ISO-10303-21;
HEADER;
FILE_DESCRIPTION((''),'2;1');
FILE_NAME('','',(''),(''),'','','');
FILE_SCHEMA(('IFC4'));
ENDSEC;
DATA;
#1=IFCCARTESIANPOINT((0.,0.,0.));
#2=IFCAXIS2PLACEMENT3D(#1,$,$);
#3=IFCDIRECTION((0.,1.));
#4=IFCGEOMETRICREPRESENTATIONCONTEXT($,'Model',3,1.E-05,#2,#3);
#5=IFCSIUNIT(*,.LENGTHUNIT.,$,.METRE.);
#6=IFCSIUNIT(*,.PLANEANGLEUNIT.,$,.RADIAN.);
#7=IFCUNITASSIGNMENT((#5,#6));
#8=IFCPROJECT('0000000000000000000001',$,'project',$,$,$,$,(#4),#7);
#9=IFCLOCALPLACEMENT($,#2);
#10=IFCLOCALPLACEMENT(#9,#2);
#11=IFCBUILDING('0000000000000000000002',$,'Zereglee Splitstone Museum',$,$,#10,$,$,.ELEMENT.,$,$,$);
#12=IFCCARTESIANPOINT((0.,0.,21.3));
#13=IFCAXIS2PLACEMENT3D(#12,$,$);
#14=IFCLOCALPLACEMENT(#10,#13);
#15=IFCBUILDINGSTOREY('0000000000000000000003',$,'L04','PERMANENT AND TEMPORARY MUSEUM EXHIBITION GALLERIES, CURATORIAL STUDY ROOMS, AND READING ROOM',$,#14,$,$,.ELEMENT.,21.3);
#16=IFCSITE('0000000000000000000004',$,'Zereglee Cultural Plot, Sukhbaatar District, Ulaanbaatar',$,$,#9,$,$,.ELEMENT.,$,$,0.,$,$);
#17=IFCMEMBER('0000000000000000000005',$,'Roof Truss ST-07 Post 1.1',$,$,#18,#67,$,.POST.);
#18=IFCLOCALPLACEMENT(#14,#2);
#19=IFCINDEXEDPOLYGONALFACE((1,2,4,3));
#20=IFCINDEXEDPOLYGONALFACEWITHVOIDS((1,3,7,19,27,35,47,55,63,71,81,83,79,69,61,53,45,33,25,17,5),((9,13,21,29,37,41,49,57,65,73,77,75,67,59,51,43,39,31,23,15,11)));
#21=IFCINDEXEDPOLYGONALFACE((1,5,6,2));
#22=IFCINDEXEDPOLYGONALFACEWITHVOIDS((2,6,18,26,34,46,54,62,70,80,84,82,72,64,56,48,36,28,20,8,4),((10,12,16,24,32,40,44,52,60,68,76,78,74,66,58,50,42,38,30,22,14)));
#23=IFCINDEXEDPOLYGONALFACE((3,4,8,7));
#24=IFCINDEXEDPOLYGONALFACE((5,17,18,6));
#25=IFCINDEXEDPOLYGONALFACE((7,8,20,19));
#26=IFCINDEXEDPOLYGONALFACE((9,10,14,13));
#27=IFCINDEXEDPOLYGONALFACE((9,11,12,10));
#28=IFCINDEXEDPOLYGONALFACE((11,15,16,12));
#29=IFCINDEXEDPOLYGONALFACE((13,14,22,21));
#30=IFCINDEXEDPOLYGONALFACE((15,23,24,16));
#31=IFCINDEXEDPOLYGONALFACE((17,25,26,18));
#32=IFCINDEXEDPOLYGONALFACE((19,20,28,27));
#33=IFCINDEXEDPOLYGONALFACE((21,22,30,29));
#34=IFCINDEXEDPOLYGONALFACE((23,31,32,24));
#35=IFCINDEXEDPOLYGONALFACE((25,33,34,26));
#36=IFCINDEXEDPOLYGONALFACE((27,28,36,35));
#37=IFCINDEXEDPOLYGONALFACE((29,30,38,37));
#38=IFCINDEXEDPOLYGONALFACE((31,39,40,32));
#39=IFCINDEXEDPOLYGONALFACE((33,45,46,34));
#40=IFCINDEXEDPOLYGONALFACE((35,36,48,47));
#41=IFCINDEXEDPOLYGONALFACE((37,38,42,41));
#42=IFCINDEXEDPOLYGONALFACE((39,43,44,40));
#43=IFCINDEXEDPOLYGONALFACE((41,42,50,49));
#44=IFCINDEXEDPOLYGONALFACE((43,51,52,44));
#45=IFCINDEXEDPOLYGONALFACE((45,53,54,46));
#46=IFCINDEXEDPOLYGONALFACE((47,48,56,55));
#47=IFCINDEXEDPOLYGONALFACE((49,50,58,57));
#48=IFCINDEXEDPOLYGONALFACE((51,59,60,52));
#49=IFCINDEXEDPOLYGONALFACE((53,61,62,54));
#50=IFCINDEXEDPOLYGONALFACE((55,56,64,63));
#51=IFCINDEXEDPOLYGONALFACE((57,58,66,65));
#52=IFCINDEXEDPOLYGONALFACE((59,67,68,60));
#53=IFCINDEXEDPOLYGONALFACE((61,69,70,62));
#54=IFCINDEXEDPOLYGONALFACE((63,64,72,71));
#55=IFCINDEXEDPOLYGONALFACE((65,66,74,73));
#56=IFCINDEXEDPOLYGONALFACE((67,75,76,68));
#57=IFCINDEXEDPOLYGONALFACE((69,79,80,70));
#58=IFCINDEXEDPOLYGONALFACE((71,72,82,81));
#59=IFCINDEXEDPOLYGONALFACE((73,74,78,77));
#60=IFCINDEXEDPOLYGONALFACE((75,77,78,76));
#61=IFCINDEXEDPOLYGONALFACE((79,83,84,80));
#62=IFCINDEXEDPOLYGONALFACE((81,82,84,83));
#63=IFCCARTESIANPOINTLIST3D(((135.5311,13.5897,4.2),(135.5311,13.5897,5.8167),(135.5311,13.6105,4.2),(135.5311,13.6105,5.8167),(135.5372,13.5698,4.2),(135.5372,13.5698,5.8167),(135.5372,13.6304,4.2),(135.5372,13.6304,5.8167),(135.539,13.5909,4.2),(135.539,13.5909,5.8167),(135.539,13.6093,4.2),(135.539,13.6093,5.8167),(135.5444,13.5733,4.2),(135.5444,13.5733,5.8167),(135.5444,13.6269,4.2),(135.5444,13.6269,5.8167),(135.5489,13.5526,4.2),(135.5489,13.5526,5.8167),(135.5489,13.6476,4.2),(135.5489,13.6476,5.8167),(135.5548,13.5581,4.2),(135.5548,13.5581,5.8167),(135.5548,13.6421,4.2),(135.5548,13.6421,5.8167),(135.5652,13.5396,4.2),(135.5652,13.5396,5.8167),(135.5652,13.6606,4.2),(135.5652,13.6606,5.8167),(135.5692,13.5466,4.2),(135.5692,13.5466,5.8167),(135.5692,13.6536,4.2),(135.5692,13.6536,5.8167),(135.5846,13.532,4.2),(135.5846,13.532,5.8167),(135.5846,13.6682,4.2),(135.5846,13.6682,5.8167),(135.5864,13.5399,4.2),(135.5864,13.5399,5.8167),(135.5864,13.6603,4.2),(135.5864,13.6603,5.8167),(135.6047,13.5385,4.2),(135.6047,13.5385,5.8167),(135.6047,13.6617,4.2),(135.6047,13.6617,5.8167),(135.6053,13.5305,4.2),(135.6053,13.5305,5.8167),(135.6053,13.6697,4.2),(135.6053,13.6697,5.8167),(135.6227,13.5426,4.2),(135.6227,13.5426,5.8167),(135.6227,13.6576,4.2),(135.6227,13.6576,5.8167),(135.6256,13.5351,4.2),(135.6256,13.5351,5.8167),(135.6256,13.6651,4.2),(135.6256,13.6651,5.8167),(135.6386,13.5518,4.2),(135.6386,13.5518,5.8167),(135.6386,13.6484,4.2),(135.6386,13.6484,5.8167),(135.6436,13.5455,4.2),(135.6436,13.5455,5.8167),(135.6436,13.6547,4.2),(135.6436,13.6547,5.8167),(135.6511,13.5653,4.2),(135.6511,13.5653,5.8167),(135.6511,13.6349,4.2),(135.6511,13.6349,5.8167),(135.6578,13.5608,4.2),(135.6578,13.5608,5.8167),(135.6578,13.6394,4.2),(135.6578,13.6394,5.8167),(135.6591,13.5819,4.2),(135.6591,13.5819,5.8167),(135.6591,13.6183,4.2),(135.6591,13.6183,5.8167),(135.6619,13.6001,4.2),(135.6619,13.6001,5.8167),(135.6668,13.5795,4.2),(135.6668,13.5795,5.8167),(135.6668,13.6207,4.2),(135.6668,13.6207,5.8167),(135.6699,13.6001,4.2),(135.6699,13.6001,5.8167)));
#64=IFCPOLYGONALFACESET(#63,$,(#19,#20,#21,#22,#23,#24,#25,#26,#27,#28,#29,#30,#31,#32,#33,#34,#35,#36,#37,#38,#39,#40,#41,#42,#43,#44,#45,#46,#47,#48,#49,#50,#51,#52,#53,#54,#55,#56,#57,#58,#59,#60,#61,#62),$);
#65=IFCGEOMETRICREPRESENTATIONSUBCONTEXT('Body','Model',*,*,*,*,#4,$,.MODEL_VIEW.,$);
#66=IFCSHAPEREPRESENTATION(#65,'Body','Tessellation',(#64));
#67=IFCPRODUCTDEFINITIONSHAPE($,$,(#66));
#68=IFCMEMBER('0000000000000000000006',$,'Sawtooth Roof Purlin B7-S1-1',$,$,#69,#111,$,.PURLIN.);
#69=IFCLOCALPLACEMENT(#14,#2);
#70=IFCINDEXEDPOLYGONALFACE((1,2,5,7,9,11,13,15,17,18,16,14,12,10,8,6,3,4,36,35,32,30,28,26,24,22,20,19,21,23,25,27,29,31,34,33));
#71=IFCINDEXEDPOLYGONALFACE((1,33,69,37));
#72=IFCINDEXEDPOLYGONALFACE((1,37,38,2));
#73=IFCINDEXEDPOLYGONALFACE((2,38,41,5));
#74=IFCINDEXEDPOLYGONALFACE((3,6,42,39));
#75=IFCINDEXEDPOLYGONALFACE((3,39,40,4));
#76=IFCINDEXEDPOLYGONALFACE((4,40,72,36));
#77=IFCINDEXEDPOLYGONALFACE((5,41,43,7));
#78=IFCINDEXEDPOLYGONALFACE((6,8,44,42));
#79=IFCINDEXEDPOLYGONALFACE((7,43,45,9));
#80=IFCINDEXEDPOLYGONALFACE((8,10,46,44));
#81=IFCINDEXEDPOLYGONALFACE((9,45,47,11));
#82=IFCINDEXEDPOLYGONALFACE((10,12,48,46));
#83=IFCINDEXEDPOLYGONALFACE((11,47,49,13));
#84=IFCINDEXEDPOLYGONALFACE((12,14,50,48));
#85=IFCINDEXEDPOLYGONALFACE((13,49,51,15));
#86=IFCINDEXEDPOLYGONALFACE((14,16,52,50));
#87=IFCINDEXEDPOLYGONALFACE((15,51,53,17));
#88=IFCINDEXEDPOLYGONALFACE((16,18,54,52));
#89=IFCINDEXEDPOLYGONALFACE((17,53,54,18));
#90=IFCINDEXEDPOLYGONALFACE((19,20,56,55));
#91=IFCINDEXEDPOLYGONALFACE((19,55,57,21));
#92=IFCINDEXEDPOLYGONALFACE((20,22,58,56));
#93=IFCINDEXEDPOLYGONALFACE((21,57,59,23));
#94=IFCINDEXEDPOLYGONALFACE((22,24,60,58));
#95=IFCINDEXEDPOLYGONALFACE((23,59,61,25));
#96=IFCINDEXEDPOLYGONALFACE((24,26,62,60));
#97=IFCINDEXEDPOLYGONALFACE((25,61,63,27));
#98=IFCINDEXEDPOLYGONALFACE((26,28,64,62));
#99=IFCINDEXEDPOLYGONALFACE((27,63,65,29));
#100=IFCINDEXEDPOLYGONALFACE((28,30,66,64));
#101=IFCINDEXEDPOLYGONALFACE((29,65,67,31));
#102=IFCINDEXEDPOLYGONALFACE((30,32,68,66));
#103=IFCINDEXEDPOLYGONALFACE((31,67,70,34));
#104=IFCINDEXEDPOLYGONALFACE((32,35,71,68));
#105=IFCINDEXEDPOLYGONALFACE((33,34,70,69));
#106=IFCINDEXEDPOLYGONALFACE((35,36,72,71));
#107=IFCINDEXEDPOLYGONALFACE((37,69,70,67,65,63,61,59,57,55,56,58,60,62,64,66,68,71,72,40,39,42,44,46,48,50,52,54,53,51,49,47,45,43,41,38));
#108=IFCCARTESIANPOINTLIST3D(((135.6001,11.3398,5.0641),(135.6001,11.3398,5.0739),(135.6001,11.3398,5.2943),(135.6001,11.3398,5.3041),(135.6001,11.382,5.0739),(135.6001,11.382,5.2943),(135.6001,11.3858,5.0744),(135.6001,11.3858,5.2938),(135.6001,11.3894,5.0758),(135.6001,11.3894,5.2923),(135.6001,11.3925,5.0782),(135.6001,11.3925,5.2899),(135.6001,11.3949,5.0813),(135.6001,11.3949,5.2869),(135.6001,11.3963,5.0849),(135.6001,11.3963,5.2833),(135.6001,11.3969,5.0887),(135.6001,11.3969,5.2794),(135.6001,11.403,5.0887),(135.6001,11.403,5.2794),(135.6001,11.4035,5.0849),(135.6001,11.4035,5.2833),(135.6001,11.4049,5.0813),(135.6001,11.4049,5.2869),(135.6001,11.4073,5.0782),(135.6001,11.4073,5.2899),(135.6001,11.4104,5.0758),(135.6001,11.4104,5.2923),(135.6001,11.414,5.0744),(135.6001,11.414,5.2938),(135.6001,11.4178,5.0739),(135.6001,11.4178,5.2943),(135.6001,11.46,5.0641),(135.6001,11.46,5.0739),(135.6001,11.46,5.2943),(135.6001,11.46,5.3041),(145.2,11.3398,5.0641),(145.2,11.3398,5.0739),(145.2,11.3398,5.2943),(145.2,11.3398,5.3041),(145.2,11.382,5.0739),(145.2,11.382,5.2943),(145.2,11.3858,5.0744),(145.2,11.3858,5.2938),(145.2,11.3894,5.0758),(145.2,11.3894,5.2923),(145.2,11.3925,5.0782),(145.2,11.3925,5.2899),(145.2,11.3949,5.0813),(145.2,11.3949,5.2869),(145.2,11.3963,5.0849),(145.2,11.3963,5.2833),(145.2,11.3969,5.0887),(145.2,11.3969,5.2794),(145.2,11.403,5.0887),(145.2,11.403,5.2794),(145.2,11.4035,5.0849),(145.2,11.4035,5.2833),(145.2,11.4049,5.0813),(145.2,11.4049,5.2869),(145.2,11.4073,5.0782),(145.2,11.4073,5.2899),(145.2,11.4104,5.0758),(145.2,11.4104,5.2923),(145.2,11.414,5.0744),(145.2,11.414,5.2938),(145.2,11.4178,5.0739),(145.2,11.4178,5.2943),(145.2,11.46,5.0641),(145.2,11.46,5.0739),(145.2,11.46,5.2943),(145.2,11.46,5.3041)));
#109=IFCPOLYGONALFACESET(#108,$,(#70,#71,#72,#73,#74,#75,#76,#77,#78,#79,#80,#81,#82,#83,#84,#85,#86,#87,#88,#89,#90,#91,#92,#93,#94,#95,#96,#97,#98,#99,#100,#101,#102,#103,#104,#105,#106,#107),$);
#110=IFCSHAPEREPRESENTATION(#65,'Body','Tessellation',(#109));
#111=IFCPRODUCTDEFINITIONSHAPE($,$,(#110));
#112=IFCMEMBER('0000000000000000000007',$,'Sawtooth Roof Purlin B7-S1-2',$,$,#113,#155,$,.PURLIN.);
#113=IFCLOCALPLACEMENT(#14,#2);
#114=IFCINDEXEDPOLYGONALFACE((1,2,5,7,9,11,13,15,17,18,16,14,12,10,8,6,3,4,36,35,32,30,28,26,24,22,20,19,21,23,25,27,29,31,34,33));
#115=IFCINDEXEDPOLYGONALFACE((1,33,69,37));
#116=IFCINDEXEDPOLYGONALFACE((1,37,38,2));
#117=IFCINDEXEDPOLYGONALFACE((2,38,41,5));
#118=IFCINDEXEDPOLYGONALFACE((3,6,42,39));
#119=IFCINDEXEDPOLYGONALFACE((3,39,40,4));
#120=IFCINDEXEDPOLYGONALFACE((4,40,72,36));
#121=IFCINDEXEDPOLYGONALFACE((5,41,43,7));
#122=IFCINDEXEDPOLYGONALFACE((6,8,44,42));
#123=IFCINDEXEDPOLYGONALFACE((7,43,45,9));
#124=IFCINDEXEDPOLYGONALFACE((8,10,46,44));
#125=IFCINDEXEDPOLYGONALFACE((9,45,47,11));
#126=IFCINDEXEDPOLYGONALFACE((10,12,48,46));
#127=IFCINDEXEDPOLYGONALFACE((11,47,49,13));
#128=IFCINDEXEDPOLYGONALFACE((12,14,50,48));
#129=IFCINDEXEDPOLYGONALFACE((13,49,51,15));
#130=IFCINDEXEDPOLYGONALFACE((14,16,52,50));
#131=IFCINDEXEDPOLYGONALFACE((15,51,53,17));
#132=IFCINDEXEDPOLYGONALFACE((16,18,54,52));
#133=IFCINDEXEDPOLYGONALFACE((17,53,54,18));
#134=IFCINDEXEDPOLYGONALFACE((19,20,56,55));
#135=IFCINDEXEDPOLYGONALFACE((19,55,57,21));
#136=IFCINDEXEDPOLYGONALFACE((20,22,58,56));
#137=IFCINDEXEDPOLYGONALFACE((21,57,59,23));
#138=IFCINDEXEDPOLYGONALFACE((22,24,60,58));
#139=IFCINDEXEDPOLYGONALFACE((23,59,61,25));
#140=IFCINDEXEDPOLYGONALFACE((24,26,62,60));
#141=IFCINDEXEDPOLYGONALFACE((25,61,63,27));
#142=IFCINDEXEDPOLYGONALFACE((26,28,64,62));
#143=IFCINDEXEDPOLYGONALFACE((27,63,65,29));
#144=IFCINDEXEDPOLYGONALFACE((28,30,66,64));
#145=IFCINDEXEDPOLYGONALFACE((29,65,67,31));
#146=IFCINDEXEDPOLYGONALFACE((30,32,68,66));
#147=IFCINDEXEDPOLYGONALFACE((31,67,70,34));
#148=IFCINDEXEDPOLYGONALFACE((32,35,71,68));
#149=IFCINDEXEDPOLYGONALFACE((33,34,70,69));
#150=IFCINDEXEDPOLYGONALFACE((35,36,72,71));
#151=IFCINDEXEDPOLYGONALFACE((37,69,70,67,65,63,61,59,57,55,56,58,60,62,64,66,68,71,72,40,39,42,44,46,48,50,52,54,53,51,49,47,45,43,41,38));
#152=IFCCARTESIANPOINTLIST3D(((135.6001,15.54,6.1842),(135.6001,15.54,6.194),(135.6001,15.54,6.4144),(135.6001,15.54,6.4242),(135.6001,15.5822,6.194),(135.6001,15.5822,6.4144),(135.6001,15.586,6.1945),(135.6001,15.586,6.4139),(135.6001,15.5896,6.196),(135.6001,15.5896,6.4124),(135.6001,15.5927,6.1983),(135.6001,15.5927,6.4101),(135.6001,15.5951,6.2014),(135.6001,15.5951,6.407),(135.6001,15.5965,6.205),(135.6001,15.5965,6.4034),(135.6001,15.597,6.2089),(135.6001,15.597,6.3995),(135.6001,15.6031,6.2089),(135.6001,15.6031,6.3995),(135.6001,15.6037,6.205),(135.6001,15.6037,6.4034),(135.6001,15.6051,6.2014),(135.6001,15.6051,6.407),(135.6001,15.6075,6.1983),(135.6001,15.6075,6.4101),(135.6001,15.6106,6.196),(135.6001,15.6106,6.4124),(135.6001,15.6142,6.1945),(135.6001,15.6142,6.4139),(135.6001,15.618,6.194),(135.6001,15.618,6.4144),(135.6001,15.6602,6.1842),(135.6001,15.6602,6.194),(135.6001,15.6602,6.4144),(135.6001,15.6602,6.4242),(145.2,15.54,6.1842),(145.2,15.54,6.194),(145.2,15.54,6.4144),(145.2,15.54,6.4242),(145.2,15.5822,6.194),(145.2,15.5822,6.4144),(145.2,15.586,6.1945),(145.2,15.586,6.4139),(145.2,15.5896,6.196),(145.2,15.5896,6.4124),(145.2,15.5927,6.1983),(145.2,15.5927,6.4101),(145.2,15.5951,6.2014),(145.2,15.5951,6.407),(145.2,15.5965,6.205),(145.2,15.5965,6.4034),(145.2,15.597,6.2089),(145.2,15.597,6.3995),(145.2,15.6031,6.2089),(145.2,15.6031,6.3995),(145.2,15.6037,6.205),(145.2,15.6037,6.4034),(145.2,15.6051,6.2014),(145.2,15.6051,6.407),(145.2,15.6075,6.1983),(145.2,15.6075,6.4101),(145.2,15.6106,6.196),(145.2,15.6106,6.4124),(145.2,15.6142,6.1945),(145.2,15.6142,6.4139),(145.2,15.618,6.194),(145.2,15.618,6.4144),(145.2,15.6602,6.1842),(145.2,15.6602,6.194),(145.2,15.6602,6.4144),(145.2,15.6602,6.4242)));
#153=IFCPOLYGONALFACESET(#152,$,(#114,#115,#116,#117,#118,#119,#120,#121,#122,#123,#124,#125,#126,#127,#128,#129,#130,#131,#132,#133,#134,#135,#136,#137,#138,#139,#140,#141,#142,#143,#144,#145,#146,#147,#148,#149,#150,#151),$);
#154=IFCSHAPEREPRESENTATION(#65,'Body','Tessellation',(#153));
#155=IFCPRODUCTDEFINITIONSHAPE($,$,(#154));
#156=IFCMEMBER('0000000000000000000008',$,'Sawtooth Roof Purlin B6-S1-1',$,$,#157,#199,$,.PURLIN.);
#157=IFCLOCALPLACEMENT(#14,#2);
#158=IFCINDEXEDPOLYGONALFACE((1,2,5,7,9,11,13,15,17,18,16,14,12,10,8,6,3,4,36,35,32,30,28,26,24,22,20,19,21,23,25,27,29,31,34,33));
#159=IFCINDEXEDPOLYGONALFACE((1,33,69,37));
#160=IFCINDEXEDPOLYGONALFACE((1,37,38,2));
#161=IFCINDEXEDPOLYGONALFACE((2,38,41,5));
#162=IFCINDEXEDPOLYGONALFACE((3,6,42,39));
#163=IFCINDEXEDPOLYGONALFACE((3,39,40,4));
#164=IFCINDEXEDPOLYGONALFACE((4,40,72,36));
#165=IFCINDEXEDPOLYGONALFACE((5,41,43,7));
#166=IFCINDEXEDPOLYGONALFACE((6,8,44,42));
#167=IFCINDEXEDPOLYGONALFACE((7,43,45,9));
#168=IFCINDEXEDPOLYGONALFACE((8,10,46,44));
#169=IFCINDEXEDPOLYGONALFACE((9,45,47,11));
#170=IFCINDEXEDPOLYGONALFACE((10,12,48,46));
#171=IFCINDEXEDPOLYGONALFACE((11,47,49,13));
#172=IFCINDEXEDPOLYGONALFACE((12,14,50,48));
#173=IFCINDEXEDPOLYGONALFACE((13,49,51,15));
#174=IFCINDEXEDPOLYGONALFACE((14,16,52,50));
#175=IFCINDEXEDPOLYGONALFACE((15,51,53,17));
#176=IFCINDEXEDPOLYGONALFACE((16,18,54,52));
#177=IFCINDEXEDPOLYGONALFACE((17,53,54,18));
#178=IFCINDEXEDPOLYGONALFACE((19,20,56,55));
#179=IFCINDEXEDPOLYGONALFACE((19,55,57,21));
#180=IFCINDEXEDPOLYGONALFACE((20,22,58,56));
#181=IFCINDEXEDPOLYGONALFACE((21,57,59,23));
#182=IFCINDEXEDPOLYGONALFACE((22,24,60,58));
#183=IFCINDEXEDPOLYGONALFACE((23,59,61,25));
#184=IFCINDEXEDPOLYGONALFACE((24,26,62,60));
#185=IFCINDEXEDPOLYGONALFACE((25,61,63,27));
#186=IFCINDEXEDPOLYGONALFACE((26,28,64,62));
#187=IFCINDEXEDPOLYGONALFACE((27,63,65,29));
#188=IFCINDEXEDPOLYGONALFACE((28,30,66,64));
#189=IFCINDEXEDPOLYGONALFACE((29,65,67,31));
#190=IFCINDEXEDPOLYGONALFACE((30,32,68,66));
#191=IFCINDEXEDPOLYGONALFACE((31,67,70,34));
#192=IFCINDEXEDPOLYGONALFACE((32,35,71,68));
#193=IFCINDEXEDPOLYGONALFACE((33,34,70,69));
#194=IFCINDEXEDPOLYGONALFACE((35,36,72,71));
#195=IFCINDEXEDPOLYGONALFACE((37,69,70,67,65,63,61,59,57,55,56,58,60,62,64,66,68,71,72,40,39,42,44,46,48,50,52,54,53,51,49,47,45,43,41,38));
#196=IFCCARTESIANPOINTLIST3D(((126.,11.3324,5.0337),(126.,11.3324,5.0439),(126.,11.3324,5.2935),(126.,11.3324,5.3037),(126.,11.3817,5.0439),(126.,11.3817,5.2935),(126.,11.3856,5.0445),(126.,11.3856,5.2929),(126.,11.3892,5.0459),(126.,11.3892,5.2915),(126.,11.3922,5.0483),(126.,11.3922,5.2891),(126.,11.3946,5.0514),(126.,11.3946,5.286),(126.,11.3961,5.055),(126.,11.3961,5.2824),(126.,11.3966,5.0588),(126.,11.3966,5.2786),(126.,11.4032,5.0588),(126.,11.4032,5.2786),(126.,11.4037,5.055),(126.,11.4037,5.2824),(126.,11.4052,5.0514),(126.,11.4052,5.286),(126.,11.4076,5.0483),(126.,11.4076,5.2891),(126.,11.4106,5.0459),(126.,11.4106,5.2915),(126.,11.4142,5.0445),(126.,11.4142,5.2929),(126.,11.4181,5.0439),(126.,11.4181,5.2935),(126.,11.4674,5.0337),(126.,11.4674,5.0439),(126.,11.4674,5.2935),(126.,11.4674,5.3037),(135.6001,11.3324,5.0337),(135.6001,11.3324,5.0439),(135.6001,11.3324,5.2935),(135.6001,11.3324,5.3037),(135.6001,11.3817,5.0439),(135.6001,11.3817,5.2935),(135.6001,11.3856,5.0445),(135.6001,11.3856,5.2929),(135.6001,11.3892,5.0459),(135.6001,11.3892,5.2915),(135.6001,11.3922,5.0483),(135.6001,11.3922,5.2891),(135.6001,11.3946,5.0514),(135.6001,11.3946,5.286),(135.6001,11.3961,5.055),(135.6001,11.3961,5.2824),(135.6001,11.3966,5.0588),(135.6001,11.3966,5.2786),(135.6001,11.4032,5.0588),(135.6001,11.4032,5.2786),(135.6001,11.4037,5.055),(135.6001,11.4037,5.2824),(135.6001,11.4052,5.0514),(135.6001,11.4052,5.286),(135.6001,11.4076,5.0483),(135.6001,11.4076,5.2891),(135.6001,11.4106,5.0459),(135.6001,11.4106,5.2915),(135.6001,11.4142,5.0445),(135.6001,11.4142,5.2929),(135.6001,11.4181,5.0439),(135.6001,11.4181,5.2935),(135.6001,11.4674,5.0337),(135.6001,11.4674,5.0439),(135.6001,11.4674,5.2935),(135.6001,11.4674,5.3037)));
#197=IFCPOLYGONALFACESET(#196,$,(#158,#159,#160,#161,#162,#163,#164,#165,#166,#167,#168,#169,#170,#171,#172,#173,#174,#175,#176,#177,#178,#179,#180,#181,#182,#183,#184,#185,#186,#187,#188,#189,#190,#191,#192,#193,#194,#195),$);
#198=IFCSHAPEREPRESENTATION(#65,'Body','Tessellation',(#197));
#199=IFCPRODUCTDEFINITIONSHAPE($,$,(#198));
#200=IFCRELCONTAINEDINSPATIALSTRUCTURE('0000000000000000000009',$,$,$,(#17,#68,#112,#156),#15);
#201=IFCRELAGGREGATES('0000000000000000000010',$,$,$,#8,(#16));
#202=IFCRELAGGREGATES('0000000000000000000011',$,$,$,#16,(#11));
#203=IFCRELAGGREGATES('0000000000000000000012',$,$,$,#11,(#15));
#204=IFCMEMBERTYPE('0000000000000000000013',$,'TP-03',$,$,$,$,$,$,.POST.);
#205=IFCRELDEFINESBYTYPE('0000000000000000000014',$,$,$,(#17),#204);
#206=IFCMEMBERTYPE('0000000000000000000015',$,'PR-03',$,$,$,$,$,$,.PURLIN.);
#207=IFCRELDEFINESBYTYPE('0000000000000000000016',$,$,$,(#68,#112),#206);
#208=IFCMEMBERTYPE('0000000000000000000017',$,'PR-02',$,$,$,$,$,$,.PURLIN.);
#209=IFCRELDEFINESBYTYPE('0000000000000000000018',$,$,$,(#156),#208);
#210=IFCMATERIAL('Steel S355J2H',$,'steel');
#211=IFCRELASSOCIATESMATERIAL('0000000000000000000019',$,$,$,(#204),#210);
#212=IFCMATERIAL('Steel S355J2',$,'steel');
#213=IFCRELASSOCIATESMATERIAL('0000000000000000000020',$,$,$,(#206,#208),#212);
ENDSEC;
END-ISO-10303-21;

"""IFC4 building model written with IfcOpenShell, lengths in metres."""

from ifc_helpers import new_model, si_unit, direction, frame, origin, origin_2d, place, context, subcontext, project, spatial, hollow_circle, i_section, extrude, material, material_profile, profile_set, type_object, element, save


model = new_model("IFC4")

# Units and contexts
model_context = context("Model", 3, precision=1e-05, world=origin(), true_north=direction((0.0, 1.0)))
body_context = subcontext(model_context, "Body", "Model", "MODEL_VIEW")
ifc_project = project(units=[si_unit("LENGTHUNIT", "METRE"), si_unit("PLANEANGLEUNIT", "RADIAN")], contexts=[model_context])

# Site, building, storey
site_placement = place(None, origin())
site = spatial("IfcSite", under=ifc_project, at=site_placement, Name="Zereglee Cultural Plot, Sukhbaatar District, Ulaanbaatar", CompositionType="ELEMENT", RefElevation=0.0)
building_placement = place(site_placement, origin())
building = spatial("IfcBuilding", under=site, at=building_placement, Name="Zereglee Splitstone Museum", CompositionType="ELEMENT")
storey_placement = place(building_placement, frame((0.0, 0.0, 21.3)))
storey = spatial("IfcBuildingStorey", under=building, at=storey_placement, Name="L04", Description="PERMANENT AND TEMPORARY MUSEUM EXHIBITION GALLERIES, CURATORIAL STUDY ROOMS, AND READING ROOM", CompositionType="ELEMENT", Elevation=21.3)

# Shared definitions
ifc_material_1 = material(Name="Steel S355J2H", Category="steel")
ifc_material_2 = material(Name="Steel S355J2", Category="steel")

# Members
ifc_material_profile_1 = material_profile(ifc_material_1, hollow_circle(Radius=0.0698, WallThickness=0.0081, at=origin_2d()), Name="CHS 139.7x8")
ifc_profile_set_1 = profile_set([ifc_material_profile_1], Name="Steel S355J2H")
member_type_1 = type_object("IfcMemberType", Name="TP-03", PredefinedType="POST", material=ifc_profile_set_1)
member_1_placement = place(storey_placement, frame((135.6001, 13.6001, 4.2), z_axis=(0.0, 0.0, 1.0), x_axis=(1.0, 0.0, 0.0)))
element("IfcMember", 1, at=member_1_placement, inside=storey, type_object=member_type_1, Name="Roof Truss ST-07 Post 1.1", PredefinedType="POST", context=body_context, shape_type="SweptSolid", body=[
    extrude(hollow_circle(Radius=0.0698, WallThickness=0.0081, at=origin_2d()), origin(), (0.0, 0.0, 1.0), 1.6167),
])
ifc_material_profile_2 = material_profile(ifc_material_2, i_section(OverallWidth=0.1201, OverallDepth=0.24, WebThickness=0.0061, FlangeThickness=0.0098, FilletRadius=0.0149, at=origin_2d()), Name="IPE 240")
ifc_profile_set_2 = profile_set([ifc_material_profile_2], Name="Steel S355J2")
member_type_2 = type_object("IfcMemberType", Name="PR-03", PredefinedType="PURLIN", material=ifc_profile_set_2)
for number, where, z_axis, x_axis, name in (
    (2, (135.6001, 11.3999, 5.1841), (1.0, 0.0, 0.0), (0.0, 1.0, 0.0), "Sawtooth Roof Purlin B7-S1-1"),
    (3, (135.6001, 15.6001, 6.3042), (1.0, 0.0, 0.0), (0.0, 1.0, 0.0), "Sawtooth Roof Purlin B7-S1-2"),
):
    element("IfcMember", number, at=place(storey_placement, frame(where, z_axis=z_axis, x_axis=x_axis)), inside=storey, type_object=member_type_2, Name=name, PredefinedType="PURLIN", context=body_context, shape_type="SweptSolid", body=[
        extrude(i_section(OverallWidth=0.1201, OverallDepth=0.24, WebThickness=0.0061, FlangeThickness=0.0098, FilletRadius=0.0149, at=origin_2d()), origin(), (0.0, 0.0, 1.0), 9.5999),
    ])
ifc_material_profile_3 = material_profile(ifc_material_2, i_section(OverallWidth=0.135, OverallDepth=0.27, WebThickness=0.0066, FlangeThickness=0.0103, FilletRadius=0.0149, at=origin_2d()), Name="IPE 270")
ifc_profile_set_3 = profile_set([ifc_material_profile_3], Name="Steel S355J2")
member_type_3 = type_object("IfcMemberType", Name="PR-02", PredefinedType="PURLIN", material=ifc_profile_set_3)
for number, where, z_axis, x_axis, name in (
    (4, (126.0, 11.3999, 5.1687), (1.0, 0.0, 0.0), (0.0, 1.0, 0.0), "Sawtooth Roof Purlin B6-S1-1"),
):
    element("IfcMember", number, at=place(storey_placement, frame(where, z_axis=z_axis, x_axis=x_axis)), inside=storey, type_object=member_type_3, Name=name, PredefinedType="PURLIN", context=body_context, shape_type="SweptSolid", body=[
        extrude(i_section(OverallWidth=0.135, OverallDepth=0.27, WebThickness=0.0066, FlangeThickness=0.0103, FilletRadius=0.0149, at=origin_2d()), origin(), (0.0, 0.0, 1.0), 9.6001),
    ])

save(model, "model.ifc")
